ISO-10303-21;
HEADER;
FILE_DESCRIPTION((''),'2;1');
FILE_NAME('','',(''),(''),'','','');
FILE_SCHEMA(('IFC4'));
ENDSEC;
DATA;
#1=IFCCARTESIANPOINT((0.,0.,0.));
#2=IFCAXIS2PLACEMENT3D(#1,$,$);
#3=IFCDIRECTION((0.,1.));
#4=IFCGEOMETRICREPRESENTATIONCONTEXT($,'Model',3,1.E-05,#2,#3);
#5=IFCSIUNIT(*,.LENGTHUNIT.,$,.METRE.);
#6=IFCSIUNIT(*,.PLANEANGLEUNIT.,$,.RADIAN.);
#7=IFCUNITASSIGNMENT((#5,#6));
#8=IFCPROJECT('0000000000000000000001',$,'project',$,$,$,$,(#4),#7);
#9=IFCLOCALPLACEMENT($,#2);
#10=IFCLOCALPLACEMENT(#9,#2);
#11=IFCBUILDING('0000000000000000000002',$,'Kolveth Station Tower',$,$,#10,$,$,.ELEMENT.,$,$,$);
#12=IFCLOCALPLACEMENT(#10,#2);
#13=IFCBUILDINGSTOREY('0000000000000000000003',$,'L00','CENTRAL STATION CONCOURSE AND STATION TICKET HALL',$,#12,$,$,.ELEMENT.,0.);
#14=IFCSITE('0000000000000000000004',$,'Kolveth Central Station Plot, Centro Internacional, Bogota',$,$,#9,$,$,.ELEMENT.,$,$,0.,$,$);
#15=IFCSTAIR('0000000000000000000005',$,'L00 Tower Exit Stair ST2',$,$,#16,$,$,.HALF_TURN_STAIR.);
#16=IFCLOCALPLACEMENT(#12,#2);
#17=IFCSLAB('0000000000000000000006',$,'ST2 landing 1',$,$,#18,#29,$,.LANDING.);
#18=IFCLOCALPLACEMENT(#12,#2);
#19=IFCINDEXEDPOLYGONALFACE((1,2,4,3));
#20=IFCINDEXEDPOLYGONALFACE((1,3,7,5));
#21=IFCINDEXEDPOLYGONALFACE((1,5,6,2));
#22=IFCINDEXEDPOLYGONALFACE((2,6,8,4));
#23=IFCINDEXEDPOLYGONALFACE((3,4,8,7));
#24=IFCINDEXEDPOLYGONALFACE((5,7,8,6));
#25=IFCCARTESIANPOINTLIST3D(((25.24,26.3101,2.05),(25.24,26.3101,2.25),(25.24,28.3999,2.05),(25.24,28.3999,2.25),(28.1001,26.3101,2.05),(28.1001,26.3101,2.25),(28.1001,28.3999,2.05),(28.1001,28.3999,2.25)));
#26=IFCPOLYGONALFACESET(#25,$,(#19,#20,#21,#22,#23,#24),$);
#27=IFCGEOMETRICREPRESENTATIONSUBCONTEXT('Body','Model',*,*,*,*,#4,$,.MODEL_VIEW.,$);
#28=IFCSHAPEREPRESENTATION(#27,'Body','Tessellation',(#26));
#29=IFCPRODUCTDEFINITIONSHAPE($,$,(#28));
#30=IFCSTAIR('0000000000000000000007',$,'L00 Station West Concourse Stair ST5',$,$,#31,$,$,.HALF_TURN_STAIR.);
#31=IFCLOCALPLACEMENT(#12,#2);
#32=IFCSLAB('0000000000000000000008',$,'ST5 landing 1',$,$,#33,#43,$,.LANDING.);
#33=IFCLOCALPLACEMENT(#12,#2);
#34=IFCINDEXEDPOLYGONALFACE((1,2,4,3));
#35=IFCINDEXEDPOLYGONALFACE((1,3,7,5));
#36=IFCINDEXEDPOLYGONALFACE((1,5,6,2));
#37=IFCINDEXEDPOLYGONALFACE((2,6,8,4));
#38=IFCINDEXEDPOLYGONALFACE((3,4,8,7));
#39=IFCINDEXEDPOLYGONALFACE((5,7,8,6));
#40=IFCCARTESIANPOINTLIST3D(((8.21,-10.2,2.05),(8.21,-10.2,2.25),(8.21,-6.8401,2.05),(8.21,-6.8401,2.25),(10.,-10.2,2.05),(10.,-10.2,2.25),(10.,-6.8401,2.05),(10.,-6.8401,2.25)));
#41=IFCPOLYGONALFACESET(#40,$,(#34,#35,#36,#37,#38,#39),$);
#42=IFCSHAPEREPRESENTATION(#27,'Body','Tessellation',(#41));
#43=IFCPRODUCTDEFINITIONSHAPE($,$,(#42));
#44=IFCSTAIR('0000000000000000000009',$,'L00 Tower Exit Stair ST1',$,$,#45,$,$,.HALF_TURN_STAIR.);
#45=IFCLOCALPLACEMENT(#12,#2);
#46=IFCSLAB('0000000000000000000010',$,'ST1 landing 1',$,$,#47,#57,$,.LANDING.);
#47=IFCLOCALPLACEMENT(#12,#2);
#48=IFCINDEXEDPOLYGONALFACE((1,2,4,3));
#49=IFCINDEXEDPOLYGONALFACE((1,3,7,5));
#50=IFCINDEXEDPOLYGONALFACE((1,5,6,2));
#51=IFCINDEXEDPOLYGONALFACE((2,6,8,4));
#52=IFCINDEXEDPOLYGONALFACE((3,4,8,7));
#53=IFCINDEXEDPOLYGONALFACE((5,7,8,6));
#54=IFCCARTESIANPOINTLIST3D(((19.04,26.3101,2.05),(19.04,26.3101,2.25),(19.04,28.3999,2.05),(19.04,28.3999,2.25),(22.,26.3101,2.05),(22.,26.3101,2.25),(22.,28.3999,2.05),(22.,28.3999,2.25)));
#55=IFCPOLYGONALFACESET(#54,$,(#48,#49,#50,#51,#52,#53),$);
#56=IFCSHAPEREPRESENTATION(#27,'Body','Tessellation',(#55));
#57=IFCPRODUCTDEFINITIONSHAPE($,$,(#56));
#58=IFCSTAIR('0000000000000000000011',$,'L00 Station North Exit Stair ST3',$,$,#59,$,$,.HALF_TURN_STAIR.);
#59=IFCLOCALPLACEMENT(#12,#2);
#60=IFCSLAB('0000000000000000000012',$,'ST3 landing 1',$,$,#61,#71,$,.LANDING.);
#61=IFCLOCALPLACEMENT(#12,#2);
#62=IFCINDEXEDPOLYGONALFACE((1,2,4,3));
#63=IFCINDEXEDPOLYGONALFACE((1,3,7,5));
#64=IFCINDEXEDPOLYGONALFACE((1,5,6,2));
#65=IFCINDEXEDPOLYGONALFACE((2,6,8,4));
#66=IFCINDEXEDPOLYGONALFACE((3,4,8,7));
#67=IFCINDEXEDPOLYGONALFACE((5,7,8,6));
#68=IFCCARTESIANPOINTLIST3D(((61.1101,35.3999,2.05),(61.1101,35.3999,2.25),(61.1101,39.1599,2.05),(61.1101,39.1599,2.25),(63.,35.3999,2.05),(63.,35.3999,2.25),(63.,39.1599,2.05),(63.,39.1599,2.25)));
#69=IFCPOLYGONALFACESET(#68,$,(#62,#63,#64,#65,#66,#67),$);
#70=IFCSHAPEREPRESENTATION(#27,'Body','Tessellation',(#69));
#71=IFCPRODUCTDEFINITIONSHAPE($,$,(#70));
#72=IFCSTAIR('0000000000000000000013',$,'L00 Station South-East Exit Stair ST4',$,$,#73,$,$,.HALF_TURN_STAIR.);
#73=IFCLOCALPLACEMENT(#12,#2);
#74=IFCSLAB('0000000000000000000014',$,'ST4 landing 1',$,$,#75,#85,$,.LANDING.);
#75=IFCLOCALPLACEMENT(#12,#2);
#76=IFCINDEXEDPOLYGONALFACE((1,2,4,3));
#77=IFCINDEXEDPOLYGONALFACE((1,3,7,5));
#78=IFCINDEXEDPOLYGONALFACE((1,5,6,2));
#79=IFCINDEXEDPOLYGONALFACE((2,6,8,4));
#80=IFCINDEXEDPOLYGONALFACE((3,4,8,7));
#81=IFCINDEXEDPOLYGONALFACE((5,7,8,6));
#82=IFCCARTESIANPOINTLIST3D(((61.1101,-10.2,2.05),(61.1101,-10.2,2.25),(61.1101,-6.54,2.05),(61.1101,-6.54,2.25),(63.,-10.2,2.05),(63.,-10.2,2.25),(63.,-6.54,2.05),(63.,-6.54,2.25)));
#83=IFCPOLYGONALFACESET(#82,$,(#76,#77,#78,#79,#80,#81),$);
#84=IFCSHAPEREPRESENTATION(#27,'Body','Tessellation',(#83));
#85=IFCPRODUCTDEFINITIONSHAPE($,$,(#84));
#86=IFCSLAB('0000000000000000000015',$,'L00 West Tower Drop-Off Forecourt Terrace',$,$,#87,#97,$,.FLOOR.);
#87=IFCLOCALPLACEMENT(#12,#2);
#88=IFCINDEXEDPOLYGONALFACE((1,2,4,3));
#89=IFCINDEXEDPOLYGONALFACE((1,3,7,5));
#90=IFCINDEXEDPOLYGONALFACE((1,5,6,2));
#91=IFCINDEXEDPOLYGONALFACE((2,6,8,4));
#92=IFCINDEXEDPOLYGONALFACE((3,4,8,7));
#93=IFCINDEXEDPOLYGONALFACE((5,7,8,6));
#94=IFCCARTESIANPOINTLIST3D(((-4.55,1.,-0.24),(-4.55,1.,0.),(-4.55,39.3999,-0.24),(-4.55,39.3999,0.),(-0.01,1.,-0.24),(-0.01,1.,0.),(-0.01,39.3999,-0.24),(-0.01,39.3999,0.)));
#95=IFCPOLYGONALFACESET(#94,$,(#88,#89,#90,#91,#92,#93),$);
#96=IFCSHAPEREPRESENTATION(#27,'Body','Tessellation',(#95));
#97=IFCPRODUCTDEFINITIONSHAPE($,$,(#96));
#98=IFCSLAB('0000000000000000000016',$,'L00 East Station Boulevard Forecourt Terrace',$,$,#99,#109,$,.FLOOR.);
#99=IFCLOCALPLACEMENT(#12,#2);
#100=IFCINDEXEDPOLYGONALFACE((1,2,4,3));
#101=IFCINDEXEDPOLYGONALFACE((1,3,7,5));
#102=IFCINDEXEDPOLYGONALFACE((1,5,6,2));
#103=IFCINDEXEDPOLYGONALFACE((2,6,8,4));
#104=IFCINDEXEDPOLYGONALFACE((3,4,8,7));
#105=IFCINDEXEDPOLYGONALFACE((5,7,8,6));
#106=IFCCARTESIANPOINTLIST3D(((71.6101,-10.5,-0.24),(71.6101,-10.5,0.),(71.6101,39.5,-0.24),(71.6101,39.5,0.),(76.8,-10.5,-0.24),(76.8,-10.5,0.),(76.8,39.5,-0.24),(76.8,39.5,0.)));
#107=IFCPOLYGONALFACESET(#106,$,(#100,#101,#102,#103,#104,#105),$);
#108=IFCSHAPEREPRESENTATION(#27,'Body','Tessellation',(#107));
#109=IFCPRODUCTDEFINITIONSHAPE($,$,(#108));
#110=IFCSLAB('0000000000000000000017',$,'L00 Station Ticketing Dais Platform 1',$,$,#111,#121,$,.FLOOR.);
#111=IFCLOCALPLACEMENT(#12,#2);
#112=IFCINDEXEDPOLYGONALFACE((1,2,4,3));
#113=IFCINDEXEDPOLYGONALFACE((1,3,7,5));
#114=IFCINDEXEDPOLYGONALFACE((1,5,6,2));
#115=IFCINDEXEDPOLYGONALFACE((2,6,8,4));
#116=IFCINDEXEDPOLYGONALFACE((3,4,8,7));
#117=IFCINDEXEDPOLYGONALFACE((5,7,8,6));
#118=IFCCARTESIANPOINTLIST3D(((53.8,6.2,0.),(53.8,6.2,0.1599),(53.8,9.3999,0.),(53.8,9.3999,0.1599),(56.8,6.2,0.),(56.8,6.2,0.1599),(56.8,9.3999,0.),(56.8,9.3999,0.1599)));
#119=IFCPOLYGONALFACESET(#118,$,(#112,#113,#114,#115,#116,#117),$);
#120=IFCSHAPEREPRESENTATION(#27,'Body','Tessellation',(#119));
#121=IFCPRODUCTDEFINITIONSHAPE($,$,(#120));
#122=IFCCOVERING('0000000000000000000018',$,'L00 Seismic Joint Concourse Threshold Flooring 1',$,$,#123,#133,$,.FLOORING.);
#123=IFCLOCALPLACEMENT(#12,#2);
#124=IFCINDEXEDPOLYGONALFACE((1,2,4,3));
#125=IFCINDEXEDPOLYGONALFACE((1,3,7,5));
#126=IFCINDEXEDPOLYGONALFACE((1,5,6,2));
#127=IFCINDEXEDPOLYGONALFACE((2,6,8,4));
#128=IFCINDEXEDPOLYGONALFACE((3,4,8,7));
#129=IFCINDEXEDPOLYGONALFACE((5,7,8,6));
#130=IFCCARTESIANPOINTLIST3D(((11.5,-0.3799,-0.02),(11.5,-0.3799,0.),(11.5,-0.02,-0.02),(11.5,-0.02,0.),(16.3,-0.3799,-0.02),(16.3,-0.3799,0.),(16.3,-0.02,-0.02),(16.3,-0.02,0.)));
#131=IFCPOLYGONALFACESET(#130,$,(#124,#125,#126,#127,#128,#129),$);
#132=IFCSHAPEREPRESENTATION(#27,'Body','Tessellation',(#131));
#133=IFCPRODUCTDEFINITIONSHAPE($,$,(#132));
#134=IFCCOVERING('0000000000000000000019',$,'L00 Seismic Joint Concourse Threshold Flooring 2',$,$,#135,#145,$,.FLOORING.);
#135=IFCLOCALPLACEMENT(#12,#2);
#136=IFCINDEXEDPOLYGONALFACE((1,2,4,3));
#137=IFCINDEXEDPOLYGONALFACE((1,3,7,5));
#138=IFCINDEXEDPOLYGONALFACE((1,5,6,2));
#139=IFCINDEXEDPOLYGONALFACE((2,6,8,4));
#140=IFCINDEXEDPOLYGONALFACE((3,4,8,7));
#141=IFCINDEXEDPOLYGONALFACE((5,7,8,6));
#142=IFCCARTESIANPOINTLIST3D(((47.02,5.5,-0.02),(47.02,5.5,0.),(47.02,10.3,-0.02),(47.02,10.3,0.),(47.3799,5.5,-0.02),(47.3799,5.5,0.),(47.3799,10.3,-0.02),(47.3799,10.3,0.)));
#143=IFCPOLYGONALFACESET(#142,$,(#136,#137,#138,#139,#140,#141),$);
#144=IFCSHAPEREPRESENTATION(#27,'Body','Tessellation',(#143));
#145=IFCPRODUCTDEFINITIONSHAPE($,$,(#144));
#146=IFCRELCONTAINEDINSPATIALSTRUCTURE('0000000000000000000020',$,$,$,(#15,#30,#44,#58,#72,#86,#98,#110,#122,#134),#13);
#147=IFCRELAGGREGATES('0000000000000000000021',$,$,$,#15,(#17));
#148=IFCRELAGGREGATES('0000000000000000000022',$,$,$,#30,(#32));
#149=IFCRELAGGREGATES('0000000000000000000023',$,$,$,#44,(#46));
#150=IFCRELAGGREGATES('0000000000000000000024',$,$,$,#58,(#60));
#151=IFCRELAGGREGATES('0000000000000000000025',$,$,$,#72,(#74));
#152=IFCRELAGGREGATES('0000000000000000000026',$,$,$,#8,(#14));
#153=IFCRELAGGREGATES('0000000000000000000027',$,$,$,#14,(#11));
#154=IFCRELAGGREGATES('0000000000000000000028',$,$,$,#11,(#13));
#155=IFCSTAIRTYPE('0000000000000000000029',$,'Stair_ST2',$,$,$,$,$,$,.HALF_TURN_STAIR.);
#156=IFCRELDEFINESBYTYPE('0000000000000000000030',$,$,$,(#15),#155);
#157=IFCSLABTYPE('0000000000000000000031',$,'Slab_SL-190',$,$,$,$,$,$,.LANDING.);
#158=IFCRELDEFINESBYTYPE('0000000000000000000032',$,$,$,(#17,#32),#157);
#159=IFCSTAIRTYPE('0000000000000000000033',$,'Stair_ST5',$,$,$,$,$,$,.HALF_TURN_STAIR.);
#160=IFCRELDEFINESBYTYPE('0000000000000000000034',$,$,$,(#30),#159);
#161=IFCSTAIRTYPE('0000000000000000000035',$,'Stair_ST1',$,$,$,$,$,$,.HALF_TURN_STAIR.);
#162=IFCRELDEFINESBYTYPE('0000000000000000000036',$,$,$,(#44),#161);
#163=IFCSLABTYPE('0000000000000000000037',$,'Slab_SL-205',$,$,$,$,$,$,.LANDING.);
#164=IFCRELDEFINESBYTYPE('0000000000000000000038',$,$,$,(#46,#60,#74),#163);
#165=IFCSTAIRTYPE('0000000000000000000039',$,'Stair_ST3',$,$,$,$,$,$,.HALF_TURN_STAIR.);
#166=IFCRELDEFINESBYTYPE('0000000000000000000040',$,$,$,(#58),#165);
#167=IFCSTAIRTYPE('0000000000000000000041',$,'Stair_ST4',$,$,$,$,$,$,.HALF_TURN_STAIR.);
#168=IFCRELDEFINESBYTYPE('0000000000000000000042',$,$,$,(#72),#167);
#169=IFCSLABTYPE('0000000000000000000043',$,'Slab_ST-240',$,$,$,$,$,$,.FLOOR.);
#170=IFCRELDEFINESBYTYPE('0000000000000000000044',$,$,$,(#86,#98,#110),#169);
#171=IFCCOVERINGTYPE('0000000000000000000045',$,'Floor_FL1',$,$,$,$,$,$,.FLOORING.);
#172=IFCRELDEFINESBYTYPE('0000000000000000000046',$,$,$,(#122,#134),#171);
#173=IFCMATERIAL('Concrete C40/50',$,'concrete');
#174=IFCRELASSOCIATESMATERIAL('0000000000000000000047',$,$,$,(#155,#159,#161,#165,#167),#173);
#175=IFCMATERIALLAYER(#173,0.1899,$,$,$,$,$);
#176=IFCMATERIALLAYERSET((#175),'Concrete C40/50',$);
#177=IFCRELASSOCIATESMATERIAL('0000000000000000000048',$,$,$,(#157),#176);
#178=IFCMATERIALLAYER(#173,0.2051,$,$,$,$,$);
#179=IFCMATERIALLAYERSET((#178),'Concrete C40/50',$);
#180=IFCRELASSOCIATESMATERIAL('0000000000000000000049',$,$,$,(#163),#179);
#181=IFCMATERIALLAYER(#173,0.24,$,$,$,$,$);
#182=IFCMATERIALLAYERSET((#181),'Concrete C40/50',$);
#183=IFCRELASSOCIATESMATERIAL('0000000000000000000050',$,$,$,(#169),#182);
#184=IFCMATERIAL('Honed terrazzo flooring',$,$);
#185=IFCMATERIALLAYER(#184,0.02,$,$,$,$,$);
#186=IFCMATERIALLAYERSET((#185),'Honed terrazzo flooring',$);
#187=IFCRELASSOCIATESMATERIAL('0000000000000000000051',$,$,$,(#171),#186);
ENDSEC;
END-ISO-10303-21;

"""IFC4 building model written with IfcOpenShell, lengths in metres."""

from ifc_helpers import new_model, si_unit, direction, frame, origin, place, context, subcontext, project, spatial, polyline, outline, extrude, material, layer, layer_set, type_object, element, aggregate, save


model = new_model("IFC4")

# Units and contexts
model_context = context("Model", 3, precision=1e-05, world=origin(), true_north=direction((0.0, 1.0)))
body_context = subcontext(model_context, "Body", "Model", "MODEL_VIEW")
ifc_project = project(units=[si_unit("LENGTHUNIT", "METRE"), si_unit("PLANEANGLEUNIT", "RADIAN")], contexts=[model_context])

# Site, building, storey
site_placement = place(None, origin())
site = spatial("IfcSite", under=ifc_project, at=site_placement, Name="Kolveth Central Station Plot, Centro Internacional, Bogota", CompositionType="ELEMENT", RefElevation=0.0)
building_placement = place(site_placement, origin())
building = spatial("IfcBuilding", under=site, at=building_placement, Name="Kolveth Station Tower", CompositionType="ELEMENT")
storey_placement = place(building_placement, origin())
storey = spatial("IfcBuildingStorey", under=building, at=storey_placement, Name="L00", Description="CENTRAL STATION CONCOURSE AND STATION TICKET HALL", CompositionType="ELEMENT", Elevation=0.0)

# Stairs, slabs
ifc_material_1 = material(Name="Concrete C40/50", Category="concrete")
stair_type_1 = type_object("IfcStairType", Name="Stair_ST2", PredefinedType="HALF_TURN_STAIR", material=ifc_material_1)
stair_1_placement = place(storey_placement, origin())
stair_1 = element("IfcStair", 1, at=stair_1_placement, inside=storey, type_object=stair_type_1, Name="L00 Tower Exit Stair ST2", PredefinedType="HALF_TURN_STAIR")
ifc_layer_1 = layer(ifc_material_1, 0.1899)
ifc_layer_set_1 = layer_set([ifc_layer_1], Name="Concrete C40/50")
slab_type_1 = type_object("IfcSlabType", Name="Slab_SL-190", PredefinedType="LANDING", material=ifc_layer_set_1)
slab_1_placement = place(storey_placement, frame((0.0, 0.0, 2.05)))
slab_1 = element("IfcSlab", 2, at=slab_1_placement, type_object=slab_type_1, Name="ST2 landing 1", PredefinedType="LANDING", context=body_context, shape_type="SweptSolid", body=[
    extrude(outline(polyline([(28.1001, 26.3101), (28.1001, 28.3999), (25.24, 28.3999), (25.24, 26.3101), (28.1001, 26.3101)])), origin(), (0.0, 0.0, 1.0), 0.2),
])
aggregate(stair_1, [slab_1])
stair_type_2 = type_object("IfcStairType", Name="Stair_ST5", PredefinedType="HALF_TURN_STAIR", material=ifc_material_1)
stair_2_placement = place(storey_placement, origin())
stair_2 = element("IfcStair", 3, at=stair_2_placement, inside=storey, type_object=stair_type_2, Name="L00 Station West Concourse Stair ST5", PredefinedType="HALF_TURN_STAIR")
slab_2_placement = place(storey_placement, frame((0.0, 0.0, 2.05)))
slab_2 = element("IfcSlab", 4, at=slab_2_placement, type_object=slab_type_1, Name="ST5 landing 1", PredefinedType="LANDING", context=body_context, shape_type="SweptSolid", body=[
    extrude(outline(polyline([(8.21, -10.2), (10.0, -10.2), (10.0, -6.8401), (8.21, -6.8401), (8.21, -10.2)])), origin(), (0.0, 0.0, 1.0), 0.2),
])
aggregate(stair_2, [slab_2])
stair_type_3 = type_object("IfcStairType", Name="Stair_ST1", PredefinedType="HALF_TURN_STAIR", material=ifc_material_1)
stair_3_placement = place(storey_placement, origin())
stair_3 = element("IfcStair", 5, at=stair_3_placement, inside=storey, type_object=stair_type_3, Name="L00 Tower Exit Stair ST1", PredefinedType="HALF_TURN_STAIR")
ifc_layer_2 = layer(ifc_material_1, 0.2051)
ifc_layer_set_2 = layer_set([ifc_layer_2], Name="Concrete C40/50")
slab_type_2 = type_object("IfcSlabType", Name="Slab_SL-205", PredefinedType="LANDING", material=ifc_layer_set_2)
slab_3_placement = place(storey_placement, frame((0.0, 0.0, 2.05)))
slab_3 = element("IfcSlab", 6, at=slab_3_placement, type_object=slab_type_2, Name="ST1 landing 1", PredefinedType="LANDING", context=body_context, shape_type="SweptSolid", body=[
    extrude(outline(polyline([(22.0, 26.3101), (22.0, 28.3999), (19.04, 28.3999), (19.04, 26.3101), (22.0, 26.3101)])), origin(), (0.0, 0.0, 1.0), 0.2),
])
aggregate(stair_3, [slab_3])
stair_type_4 = type_object("IfcStairType", Name="Stair_ST3", PredefinedType="HALF_TURN_STAIR", material=ifc_material_1)
stair_4_placement = place(storey_placement, origin())
stair_4 = element("IfcStair", 7, at=stair_4_placement, inside=storey, type_object=stair_type_4, Name="L00 Station North Exit Stair ST3", PredefinedType="HALF_TURN_STAIR")
slab_4_placement = place(storey_placement, frame((0.0, 0.0, 2.05)))
slab_4 = element("IfcSlab", 8, at=slab_4_placement, type_object=slab_type_2, Name="ST3 landing 1", PredefinedType="LANDING", context=body_context, shape_type="SweptSolid", body=[
    extrude(outline(polyline([(61.1101, 35.3999), (63.0, 35.3999), (63.0, 39.1599), (61.1101, 39.1599), (61.1101, 35.3999)])), origin(), (0.0, 0.0, 1.0), 0.2),
])
aggregate(stair_4, [slab_4])
stair_type_5 = type_object("IfcStairType", Name="Stair_ST4", PredefinedType="HALF_TURN_STAIR", material=ifc_material_1)
stair_5_placement = place(storey_placement, origin())
stair_5 = element("IfcStair", 9, at=stair_5_placement, inside=storey, type_object=stair_type_5, Name="L00 Station South-East Exit Stair ST4", PredefinedType="HALF_TURN_STAIR")
slab_5_placement = place(storey_placement, frame((0.0, 0.0, 2.05)))
slab_5 = element("IfcSlab", 10, at=slab_5_placement, type_object=slab_type_2, Name="ST4 landing 1", PredefinedType="LANDING", context=body_context, shape_type="SweptSolid", body=[
    extrude(outline(polyline([(61.1101, -10.2), (63.0, -10.2), (63.0, -6.54), (61.1101, -6.54), (61.1101, -10.2)])), origin(), (0.0, 0.0, 1.0), 0.2),
])
aggregate(stair_5, [slab_5])

# Slabs
ifc_layer_3 = layer(ifc_material_1, 0.24)
ifc_layer_set_3 = layer_set([ifc_layer_3], Name="Concrete C40/50")
slab_type_3 = type_object("IfcSlabType", Name="Slab_ST-240", PredefinedType="FLOOR", material=ifc_layer_set_3)
slab_6_placement = place(storey_placement, frame((0.0, 0.0, -0.24)))
element("IfcSlab", 11, at=slab_6_placement, inside=storey, type_object=slab_type_3, Name="L00 West Tower Drop-Off Forecourt Terrace", PredefinedType="FLOOR", context=body_context, shape_type="SweptSolid", body=[
    extrude(outline(polyline([(-4.55, 1.0), (-0.01, 1.0), (-0.01, 39.3999), (-4.55, 39.3999), (-4.55, 1.0)])), origin(), (0.0, 0.0, 1.0), 0.24),
])
slab_7_placement = place(storey_placement, frame((0.0, 0.0, -0.24)))
element("IfcSlab", 12, at=slab_7_placement, inside=storey, type_object=slab_type_3, Name="L00 East Station Boulevard Forecourt Terrace", PredefinedType="FLOOR", context=body_context, shape_type="SweptSolid", body=[
    extrude(outline(polyline([(71.6101, -10.5), (76.8, -10.5), (76.8, 39.5), (71.6101, 39.5), (71.6101, -10.5)])), origin(), (0.0, 0.0, 1.0), 0.24),
])
slab_8_placement = place(storey_placement, origin())
element("IfcSlab", 13, at=slab_8_placement, inside=storey, type_object=slab_type_3, Name="L00 Station Ticketing Dais Platform 1", PredefinedType="FLOOR", context=body_context, shape_type="SweptSolid", body=[
    extrude(outline(polyline([(53.8, 6.2), (56.8, 6.2), (56.8, 9.3999), (53.8, 9.3999), (53.8, 6.2)])), origin(), (0.0, 0.0, 1.0), 0.1599),
])

# Coverings
ifc_material_2 = material(Name="Honed terrazzo flooring")
ifc_layer_4 = layer(ifc_material_2, 0.02)
ifc_layer_set_4 = layer_set([ifc_layer_4], Name="Honed terrazzo flooring")
covering_type = type_object("IfcCoveringType", Name="Floor_FL1", PredefinedType="FLOORING", material=ifc_layer_set_4)
covering_1_placement = place(storey_placement, frame((0.0, 0.0, -0.02)))
element("IfcCovering", 14, at=covering_1_placement, inside=storey, type_object=covering_type, Name="L00 Seismic Joint Concourse Threshold Flooring 1", PredefinedType="FLOORING", context=body_context, shape_type="SweptSolid", body=[
    extrude(outline(polyline([(11.5, -0.3799), (16.3, -0.3799), (16.3, -0.02), (11.5, -0.02), (11.5, -0.3799)])), origin(), (0.0, 0.0, 1.0), 0.02),
])
covering_2_placement = place(storey_placement, frame((0.0, 0.0, -0.02)))
element("IfcCovering", 15, at=covering_2_placement, inside=storey, type_object=covering_type, Name="L00 Seismic Joint Concourse Threshold Flooring 2", PredefinedType="FLOORING", context=body_context, shape_type="SweptSolid", body=[
    extrude(outline(polyline([(47.02, 5.5), (47.3799, 5.5), (47.3799, 10.3), (47.02, 10.3), (47.02, 5.5)])), origin(), (0.0, 0.0, 1.0), 0.02),
])

save(model, "model.ifc")
